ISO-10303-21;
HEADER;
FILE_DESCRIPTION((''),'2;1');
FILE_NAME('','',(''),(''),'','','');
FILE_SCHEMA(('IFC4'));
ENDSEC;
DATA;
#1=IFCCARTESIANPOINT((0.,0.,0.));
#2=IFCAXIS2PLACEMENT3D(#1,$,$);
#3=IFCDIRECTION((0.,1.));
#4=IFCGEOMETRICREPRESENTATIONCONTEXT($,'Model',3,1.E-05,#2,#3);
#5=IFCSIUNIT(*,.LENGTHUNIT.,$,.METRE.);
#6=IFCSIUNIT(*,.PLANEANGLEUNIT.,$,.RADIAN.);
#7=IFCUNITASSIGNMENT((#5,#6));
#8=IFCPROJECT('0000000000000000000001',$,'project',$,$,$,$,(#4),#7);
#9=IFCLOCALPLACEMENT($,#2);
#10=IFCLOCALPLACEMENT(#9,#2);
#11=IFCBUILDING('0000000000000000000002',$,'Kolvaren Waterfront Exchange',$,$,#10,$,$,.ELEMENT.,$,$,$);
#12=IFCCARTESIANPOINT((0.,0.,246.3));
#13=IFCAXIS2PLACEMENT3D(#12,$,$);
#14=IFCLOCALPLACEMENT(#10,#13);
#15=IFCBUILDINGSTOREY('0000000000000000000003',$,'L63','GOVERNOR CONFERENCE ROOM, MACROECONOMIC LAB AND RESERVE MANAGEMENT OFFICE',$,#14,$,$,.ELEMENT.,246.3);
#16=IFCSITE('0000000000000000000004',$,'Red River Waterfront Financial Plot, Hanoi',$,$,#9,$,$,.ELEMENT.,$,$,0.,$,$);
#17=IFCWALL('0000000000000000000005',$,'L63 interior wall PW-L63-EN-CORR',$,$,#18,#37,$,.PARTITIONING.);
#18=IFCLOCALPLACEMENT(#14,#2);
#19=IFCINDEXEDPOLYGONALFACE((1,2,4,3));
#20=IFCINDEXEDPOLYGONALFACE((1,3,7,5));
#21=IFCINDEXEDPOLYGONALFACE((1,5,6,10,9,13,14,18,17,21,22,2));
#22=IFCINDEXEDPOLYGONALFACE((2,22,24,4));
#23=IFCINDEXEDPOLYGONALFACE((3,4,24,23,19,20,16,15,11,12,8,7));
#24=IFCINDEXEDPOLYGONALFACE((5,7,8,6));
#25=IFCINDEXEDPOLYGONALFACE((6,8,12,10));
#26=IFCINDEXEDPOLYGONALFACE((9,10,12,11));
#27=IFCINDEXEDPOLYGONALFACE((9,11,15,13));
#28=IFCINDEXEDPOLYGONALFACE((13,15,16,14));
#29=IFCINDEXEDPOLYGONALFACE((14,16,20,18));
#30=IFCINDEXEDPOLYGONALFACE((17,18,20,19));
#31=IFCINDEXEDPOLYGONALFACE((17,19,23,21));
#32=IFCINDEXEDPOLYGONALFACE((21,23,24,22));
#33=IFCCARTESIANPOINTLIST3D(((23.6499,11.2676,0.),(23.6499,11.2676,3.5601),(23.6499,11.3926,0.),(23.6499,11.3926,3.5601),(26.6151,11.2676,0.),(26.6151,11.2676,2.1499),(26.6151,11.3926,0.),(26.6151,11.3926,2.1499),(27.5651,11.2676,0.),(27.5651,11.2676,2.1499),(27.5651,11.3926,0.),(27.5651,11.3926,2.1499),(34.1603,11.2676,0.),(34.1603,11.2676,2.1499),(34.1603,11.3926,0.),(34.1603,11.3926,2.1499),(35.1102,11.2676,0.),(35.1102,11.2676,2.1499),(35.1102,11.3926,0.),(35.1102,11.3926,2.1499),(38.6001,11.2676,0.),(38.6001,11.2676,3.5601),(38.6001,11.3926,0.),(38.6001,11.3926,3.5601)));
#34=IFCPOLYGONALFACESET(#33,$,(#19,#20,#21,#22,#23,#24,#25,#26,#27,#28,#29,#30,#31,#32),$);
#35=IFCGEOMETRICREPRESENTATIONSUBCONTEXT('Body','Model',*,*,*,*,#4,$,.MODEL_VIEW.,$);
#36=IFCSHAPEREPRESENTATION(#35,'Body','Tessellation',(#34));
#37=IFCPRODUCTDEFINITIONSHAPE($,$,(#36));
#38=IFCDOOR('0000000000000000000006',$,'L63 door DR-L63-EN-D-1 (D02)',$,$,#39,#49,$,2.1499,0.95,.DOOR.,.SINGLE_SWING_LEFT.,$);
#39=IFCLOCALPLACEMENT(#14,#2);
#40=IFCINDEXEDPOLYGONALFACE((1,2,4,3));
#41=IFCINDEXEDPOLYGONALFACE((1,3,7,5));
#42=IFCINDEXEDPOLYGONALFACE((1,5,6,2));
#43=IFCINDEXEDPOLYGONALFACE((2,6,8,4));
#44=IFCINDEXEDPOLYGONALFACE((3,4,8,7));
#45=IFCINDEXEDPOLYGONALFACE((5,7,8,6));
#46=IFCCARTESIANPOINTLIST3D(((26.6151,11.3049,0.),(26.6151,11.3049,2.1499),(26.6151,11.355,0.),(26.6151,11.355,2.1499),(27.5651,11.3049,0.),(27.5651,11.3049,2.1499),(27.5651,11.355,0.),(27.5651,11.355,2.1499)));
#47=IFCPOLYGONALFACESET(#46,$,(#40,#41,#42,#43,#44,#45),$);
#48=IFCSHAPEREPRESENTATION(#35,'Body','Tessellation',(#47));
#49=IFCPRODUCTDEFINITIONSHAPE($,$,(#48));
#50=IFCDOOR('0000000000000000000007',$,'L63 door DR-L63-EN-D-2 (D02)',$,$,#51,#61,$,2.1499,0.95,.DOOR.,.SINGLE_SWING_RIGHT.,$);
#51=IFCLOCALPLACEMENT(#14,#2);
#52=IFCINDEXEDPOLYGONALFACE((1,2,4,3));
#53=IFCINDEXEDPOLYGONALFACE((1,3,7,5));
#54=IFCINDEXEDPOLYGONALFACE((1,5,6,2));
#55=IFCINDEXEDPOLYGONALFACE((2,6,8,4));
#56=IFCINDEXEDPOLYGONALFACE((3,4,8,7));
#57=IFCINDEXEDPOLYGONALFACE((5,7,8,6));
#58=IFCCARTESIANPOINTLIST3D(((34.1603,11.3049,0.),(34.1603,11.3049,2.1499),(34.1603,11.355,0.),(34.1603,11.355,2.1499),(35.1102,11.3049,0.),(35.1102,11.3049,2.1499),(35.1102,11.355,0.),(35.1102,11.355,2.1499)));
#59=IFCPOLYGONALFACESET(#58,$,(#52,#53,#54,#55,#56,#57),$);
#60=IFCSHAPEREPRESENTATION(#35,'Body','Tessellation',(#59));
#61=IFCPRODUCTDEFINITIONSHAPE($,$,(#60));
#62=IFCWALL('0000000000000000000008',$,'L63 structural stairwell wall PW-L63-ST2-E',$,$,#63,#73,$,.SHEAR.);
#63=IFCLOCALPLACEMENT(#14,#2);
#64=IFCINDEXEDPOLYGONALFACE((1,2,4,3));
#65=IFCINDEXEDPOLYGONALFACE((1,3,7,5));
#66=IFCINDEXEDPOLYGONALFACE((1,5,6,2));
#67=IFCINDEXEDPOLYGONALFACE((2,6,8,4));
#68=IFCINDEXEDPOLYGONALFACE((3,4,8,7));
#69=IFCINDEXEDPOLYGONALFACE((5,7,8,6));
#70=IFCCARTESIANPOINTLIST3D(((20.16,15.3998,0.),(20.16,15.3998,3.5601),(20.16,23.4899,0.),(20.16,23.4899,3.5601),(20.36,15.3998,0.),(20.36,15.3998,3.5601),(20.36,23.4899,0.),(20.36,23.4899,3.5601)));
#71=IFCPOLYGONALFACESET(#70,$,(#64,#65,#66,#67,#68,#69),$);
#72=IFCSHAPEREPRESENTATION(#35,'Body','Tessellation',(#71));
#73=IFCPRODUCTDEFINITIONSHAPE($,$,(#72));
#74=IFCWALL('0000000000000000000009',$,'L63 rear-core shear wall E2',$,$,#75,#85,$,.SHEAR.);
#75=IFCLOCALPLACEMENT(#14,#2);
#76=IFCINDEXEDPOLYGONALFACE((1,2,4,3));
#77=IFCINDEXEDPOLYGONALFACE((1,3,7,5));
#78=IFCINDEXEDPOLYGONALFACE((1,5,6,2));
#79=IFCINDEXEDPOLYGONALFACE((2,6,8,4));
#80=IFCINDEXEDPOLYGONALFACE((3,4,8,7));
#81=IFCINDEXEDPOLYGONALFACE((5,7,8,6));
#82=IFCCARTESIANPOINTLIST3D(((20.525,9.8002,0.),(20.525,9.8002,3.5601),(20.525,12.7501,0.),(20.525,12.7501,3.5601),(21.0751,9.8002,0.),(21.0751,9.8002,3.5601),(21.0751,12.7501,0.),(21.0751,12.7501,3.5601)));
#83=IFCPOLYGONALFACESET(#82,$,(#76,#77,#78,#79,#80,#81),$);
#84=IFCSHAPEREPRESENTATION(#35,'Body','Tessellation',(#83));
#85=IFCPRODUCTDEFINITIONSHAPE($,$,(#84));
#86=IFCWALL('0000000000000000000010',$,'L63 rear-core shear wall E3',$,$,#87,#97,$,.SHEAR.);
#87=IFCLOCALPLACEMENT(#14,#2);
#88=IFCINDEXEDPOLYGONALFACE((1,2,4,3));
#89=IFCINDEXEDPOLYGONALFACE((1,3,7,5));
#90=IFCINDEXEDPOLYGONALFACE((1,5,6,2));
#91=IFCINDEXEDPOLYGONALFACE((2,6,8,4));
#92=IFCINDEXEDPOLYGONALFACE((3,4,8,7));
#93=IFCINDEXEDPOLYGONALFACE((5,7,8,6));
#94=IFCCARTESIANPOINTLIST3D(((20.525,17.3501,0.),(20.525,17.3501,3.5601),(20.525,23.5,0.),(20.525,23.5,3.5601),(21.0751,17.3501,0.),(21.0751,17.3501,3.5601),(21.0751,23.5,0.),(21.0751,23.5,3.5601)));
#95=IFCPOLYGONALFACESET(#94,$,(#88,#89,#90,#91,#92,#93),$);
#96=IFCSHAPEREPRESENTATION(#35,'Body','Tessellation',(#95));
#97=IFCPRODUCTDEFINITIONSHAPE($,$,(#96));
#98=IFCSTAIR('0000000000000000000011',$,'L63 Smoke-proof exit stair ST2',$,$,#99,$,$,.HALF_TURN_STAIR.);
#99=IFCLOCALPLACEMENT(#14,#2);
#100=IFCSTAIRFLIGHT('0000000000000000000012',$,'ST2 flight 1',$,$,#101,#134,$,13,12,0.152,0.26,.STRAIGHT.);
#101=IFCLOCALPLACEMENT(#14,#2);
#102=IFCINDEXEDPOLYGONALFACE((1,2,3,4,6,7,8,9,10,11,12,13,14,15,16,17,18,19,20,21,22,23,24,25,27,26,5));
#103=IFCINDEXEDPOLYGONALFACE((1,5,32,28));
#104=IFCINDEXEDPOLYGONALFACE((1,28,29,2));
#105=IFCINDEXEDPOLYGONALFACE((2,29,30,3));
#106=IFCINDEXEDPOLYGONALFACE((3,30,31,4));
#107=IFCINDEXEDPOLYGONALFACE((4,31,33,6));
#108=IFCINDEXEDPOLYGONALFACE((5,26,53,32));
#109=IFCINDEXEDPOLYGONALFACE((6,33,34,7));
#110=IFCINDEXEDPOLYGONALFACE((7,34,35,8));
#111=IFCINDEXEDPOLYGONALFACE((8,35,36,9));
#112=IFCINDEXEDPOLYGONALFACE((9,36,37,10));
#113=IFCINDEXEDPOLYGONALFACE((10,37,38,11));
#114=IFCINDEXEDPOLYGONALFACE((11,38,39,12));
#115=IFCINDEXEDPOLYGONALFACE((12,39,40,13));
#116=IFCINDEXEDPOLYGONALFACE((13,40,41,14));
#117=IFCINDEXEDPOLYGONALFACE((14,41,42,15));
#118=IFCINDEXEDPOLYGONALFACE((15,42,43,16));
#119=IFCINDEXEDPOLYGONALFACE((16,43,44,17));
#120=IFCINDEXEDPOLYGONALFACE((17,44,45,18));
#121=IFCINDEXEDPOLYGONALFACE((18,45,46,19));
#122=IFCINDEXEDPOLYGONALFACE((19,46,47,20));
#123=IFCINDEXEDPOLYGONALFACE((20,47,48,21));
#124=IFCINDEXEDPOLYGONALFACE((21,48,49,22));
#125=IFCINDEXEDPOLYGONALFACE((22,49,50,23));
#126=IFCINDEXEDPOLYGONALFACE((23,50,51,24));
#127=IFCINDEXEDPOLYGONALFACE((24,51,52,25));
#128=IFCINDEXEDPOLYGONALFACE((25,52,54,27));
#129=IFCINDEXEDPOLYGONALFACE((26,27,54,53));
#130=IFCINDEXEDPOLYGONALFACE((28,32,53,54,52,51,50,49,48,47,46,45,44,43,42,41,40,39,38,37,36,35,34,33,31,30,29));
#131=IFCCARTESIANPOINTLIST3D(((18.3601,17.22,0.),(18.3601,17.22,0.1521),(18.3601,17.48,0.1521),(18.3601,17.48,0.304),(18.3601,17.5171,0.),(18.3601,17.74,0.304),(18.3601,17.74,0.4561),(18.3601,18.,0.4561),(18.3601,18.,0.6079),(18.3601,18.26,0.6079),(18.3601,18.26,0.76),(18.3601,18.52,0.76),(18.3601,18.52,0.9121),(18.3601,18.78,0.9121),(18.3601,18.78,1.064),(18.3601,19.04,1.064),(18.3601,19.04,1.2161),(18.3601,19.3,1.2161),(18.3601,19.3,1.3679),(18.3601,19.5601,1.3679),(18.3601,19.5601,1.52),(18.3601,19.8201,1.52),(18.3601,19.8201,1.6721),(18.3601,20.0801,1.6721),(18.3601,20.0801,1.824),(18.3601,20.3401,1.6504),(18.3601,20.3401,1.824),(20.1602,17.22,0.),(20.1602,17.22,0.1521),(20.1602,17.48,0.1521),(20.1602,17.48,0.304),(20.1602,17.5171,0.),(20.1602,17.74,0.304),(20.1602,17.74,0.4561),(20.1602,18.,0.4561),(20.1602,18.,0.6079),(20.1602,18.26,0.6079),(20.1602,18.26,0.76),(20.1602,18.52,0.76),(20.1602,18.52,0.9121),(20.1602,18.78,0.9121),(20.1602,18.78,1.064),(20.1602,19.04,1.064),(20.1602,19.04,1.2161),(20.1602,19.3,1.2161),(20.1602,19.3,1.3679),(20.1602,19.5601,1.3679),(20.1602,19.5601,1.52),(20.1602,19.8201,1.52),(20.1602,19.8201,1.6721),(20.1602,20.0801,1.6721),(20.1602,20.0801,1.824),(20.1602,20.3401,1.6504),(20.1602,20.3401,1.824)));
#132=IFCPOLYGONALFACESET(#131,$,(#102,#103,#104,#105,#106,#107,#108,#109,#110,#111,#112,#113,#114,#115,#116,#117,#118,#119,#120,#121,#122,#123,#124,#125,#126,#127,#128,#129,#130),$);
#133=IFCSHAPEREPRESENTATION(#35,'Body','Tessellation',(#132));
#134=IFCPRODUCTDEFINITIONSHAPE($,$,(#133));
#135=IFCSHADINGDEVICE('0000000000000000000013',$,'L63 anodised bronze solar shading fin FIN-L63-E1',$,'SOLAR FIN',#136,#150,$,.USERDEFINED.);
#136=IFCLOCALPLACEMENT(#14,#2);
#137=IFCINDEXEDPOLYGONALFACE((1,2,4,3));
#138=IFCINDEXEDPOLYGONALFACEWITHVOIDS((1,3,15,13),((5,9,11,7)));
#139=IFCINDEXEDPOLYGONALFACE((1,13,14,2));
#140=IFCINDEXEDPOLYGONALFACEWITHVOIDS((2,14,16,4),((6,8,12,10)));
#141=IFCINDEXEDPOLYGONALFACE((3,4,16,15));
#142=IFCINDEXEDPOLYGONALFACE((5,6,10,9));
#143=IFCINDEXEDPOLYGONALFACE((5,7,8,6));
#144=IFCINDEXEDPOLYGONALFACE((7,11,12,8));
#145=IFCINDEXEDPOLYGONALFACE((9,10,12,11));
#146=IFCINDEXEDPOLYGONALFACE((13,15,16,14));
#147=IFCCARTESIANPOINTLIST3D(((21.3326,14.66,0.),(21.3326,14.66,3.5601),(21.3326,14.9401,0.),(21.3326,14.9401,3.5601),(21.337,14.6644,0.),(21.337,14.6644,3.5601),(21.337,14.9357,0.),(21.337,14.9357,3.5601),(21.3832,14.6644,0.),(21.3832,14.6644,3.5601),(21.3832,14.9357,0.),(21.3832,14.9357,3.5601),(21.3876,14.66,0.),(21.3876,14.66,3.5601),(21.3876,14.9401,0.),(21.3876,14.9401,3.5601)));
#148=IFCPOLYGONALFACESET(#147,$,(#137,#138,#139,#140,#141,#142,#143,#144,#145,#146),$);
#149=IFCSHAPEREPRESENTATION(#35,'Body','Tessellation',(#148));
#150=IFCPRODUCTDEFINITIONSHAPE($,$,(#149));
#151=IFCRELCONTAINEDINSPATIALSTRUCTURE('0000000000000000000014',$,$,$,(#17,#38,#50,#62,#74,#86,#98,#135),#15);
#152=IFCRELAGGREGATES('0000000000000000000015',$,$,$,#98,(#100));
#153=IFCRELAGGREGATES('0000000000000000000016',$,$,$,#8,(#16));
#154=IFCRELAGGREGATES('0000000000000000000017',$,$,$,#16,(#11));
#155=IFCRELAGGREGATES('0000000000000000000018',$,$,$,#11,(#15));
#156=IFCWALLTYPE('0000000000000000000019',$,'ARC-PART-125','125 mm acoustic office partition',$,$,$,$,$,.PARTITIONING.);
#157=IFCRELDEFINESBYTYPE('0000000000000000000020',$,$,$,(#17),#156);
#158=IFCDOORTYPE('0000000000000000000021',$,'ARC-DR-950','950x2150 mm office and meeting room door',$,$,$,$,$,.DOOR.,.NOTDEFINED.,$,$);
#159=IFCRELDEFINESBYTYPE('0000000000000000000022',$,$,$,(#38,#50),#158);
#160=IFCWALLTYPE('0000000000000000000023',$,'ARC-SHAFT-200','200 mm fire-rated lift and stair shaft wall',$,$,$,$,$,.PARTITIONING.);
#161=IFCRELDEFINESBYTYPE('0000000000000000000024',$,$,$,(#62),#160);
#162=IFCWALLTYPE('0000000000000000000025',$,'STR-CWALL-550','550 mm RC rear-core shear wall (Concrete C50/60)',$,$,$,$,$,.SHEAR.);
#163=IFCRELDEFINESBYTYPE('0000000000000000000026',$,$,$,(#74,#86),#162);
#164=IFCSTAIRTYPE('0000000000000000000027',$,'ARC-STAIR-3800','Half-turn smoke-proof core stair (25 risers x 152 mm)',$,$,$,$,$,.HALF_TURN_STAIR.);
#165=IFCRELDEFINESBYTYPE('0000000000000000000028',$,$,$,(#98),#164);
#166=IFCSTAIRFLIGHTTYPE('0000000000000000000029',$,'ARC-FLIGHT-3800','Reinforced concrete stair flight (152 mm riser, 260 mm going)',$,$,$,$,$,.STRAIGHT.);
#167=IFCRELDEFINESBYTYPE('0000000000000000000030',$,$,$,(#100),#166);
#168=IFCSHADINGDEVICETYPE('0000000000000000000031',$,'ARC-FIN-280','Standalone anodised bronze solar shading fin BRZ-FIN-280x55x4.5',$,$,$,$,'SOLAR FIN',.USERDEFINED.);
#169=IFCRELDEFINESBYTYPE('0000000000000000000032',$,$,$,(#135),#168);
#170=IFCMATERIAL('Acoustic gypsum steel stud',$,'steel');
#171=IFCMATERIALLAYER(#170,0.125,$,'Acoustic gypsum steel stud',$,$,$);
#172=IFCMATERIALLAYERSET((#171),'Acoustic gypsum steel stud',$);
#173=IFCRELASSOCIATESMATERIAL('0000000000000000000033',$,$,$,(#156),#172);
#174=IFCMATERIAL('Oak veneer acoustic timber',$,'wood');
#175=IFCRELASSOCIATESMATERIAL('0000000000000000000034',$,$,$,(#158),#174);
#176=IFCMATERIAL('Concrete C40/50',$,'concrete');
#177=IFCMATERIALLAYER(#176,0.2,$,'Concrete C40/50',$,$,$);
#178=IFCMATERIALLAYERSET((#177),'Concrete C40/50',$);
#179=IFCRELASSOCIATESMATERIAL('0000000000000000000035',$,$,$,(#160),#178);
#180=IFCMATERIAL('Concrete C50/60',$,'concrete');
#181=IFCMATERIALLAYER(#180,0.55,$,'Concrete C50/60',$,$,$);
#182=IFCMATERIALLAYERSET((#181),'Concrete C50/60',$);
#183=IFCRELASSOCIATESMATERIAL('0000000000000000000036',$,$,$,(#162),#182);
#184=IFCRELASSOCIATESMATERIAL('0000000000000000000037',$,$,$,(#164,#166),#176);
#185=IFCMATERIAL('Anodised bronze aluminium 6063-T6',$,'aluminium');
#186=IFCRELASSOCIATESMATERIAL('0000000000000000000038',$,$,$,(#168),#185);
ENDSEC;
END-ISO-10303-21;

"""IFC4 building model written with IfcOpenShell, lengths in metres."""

from ifc_helpers import new_model, si_unit, direction, frame, frame_2d, origin, origin_2d, place, context, subcontext, project, spatial, polyline, rectangle, hollow_rectangle, outline, extrude, material, layer, layer_set, material_profile, profile_set, type_object, element, fill, aggregate, save


model = new_model("IFC4")

# Units and contexts
model_context = context("Model", 3, precision=1e-05, world=origin(), true_north=direction((0.0, 1.0)))
body_context = subcontext(model_context, "Body", "Model", "MODEL_VIEW")
ifc_project = project(units=[si_unit("LENGTHUNIT", "METRE"), si_unit("PLANEANGLEUNIT", "RADIAN")], contexts=[model_context])

# Site, building, storey
site_placement = place(None, origin())
site = spatial("IfcSite", under=ifc_project, at=site_placement, Name="Red River Waterfront Financial Plot, Hanoi", CompositionType="ELEMENT", RefElevation=0.0)
building_placement = place(site_placement, origin())
building = spatial("IfcBuilding", under=site, at=building_placement, Name="Kolvaren Waterfront Exchange", CompositionType="ELEMENT")
storey_placement = place(building_placement, frame((0.0, 0.0, 246.3)))
storey = spatial("IfcBuildingStorey", under=building, at=storey_placement, Name="L63", Description="GOVERNOR CONFERENCE ROOM, MACROECONOMIC LAB AND RESERVE MANAGEMENT OFFICE", CompositionType="ELEMENT", Elevation=246.3)

# Shared definitions
ifc_material_1 = material(Name="Concrete C50/60", Category="concrete")

# Shared definitions
ifc_material_2 = material(Name="Acoustic gypsum steel stud", Category="steel")
ifc_layer_1 = layer(ifc_material_2, 0.125, Name="Acoustic gypsum steel stud")
ifc_layer_set_1 = layer_set([ifc_layer_1], Name="Acoustic gypsum steel stud")
wall_type_1 = type_object("IfcWallType", Name="ARC-PART-125", Description="125 mm acoustic office partition", PredefinedType="PARTITIONING", material=ifc_layer_set_1)

# Wall, openings, doors
wall_1_placement = place(storey_placement, frame((23.6499, 11.3301, 0.0), z_axis=(0.0, 0.0, 1.0), x_axis=(1.0, 0.0, 0.0)))
wall_1 = element("IfcWall", 1, at=wall_1_placement, inside=storey, type_object=wall_type_1, Name="L63 interior wall PW-L63-EN-CORR", PredefinedType="PARTITIONING", context=body_context, shape_type="SweptSolid", body=[
    extrude(rectangle(XDim=14.9502, YDim=0.125, at=frame_2d((7.4751, 0.0))), origin(), (0.0, 0.0, 1.0), 3.5601),
])
opening_1_placement = place(wall_1_placement, frame((2.9651, 0.0, 0.0)))
opening_1 = element("IfcOpeningElement", 2, at=opening_1_placement, cuts=wall_1, PredefinedType="OPENING", context=body_context, shape_type="SweptSolid", body=[
    extrude(rectangle(XDim=0.95, YDim=2.1499, at=frame_2d((0.4751, 1.075))), frame((0.0, 0.0725, 0.0), z_axis=(0.0, -1.0, 0.0), x_axis=(1.0, 0.0, 0.0)), (0.0, 0.0, 1.0), 0.145),
])
opening_2_placement = place(wall_1_placement, frame((10.5103, 0.0, 0.0)))
opening_2 = element("IfcOpeningElement", 3, at=opening_2_placement, cuts=wall_1, PredefinedType="OPENING", context=body_context, shape_type="SweptSolid", body=[
    extrude(rectangle(XDim=0.95, YDim=2.1499, at=frame_2d((0.4751, 1.075))), frame((0.0, 0.0725, 0.0), z_axis=(0.0, -1.0, 0.0), x_axis=(1.0, 0.0, 0.0)), (0.0, 0.0, 1.0), 0.145),
])
ifc_material_3 = material(Name="Oak veneer acoustic timber", Category="wood")
door_type = type_object("IfcDoorType", Name="ARC-DR-950", Description="950x2150 mm office and meeting room door", OperationType="NOTDEFINED", PredefinedType="DOOR", material=ifc_material_3)
door_1_placement = place(opening_1_placement, origin())
door_1 = element("IfcDoor", 4, at=door_1_placement, inside=storey, type_object=door_type, Name="L63 door DR-L63-EN-D-1 (D02)", OperationType="SINGLE_SWING_LEFT", OverallHeight=2.1499, OverallWidth=0.95, PredefinedType="DOOR", context=body_context, shape_type="SweptSolid", body=[
    extrude(rectangle(XDim=0.95, YDim=2.1499, at=frame_2d((0.4751, 1.075))), frame((0.0, 0.0249, 0.0), z_axis=(0.0, -1.0, 0.0), x_axis=(1.0, 0.0, 0.0)), (0.0, 0.0, 1.0), 0.05),
])
fill(opening_1, door_1)
door_2_placement = place(opening_2_placement, origin())
door_2 = element("IfcDoor", 5, at=door_2_placement, inside=storey, type_object=door_type, Name="L63 door DR-L63-EN-D-2 (D02)", OperationType="SINGLE_SWING_RIGHT", OverallHeight=2.1499, OverallWidth=0.95, PredefinedType="DOOR", context=body_context, shape_type="SweptSolid", body=[
    extrude(rectangle(XDim=0.95, YDim=2.1499, at=frame_2d((0.4751, 1.075))), frame((0.0, 0.0249, 0.0), z_axis=(0.0, -1.0, 0.0), x_axis=(1.0, 0.0, 0.0)), (0.0, 0.0, 1.0), 0.05),
])
fill(opening_2, door_2)

# Walls
ifc_material_4 = material(Name="Concrete C40/50", Category="concrete")
ifc_layer_2 = layer(ifc_material_4, 0.2, Name="Concrete C40/50")
ifc_layer_set_2 = layer_set([ifc_layer_2], Name="Concrete C40/50")
wall_type_2 = type_object("IfcWallType", Name="ARC-SHAFT-200", Description="200 mm fire-rated lift and stair shaft wall", PredefinedType="PARTITIONING", material=ifc_layer_set_2)
wall_2_placement = place(storey_placement, frame((20.26, 15.3999, 0.0), z_axis=(0.0, 0.0, 1.0), x_axis=(0.0, 1.0, 0.0)))
element("IfcWall", 6, at=wall_2_placement, inside=storey, type_object=wall_type_2, Name="L63 structural stairwell wall PW-L63-ST2-E", PredefinedType="SHEAR", context=body_context, shape_type="SweptSolid", body=[
    extrude(rectangle(XDim=8.0901, YDim=0.2, at=frame_2d((4.0449, 0.0))), origin(), (0.0, 0.0, 1.0), 3.5601),
])
ifc_layer_3 = layer(ifc_material_1, 0.55, Name="Concrete C50/60")
ifc_layer_set_3 = layer_set([ifc_layer_3], Name="Concrete C50/60")
wall_type_3 = type_object("IfcWallType", Name="STR-CWALL-550", Description="550 mm RC rear-core shear wall (Concrete C50/60)", PredefinedType="SHEAR", material=ifc_layer_set_3)
wall_3_placement = place(storey_placement, frame((20.8, 9.8, 0.0), z_axis=(0.0, 0.0, 1.0), x_axis=(0.0, 1.0, 0.0)))
element("IfcWall", 7, at=wall_3_placement, inside=storey, type_object=wall_type_3, Name="L63 rear-core shear wall E2", PredefinedType="SHEAR", context=body_context, shape_type="SweptSolid", body=[
    extrude(rectangle(XDim=2.95, YDim=0.55, at=frame_2d((1.4751, 0.0))), origin(), (0.0, 0.0, 1.0), 3.5601),
])
wall_4_placement = place(storey_placement, frame((20.8, 17.3501, 0.0), z_axis=(0.0, 0.0, 1.0), x_axis=(0.0, 1.0, 0.0)))
element("IfcWall", 8, at=wall_4_placement, inside=storey, type_object=wall_type_3, Name="L63 rear-core shear wall E3", PredefinedType="SHEAR", context=body_context, shape_type="SweptSolid", body=[
    extrude(rectangle(XDim=6.1499, YDim=0.55, at=frame_2d((3.075, 0.0))), origin(), (0.0, 0.0, 1.0), 3.5601),
])

# Stair, stair flight
stair_type = type_object("IfcStairType", Name="ARC-STAIR-3800", Description="Half-turn smoke-proof core stair (25 risers x 152 mm)", PredefinedType="HALF_TURN_STAIR", material=ifc_material_4)
stair_placement = place(storey_placement, origin())
stair = element("IfcStair", 9, at=stair_placement, inside=storey, type_object=stair_type, Name="L63 Smoke-proof exit stair ST2", PredefinedType="HALF_TURN_STAIR")
stair_flight_type = type_object("IfcStairFlightType", Name="ARC-FLIGHT-3800", Description="Reinforced concrete stair flight (152 mm riser, 260 mm going)", PredefinedType="STRAIGHT", material=ifc_material_4)
stair_flight_placement = place(storey_placement, frame((19.26, 17.22, 0.0), z_axis=(0.0, 0.0, 1.0), x_axis=(0.0, 1.0, 0.0)))
stair_flight = element("IfcStairFlight", 10, at=stair_flight_placement, type_object=stair_flight_type, Name="ST2 flight 1", NumberOfRisers=13, NumberOfTreads=12, PredefinedType="STRAIGHT", RiserHeight=0.152, TreadLength=0.26, context=body_context, shape_type="SweptSolid", body=[
    extrude(outline(polyline([(0.0, 0.0), (0.0, 0.1521), (0.26, 0.1521), (0.26, 0.304), (0.52, 0.304), (0.52, 0.4561), (0.78, 0.4561), (0.78, 0.6079), (1.04, 0.6079), (1.04, 0.76), (1.3, 0.76), (1.3, 0.9121), (1.5601, 0.9121), (1.5601, 1.064), (1.8201, 1.064), (1.8201, 1.2161), (2.0801, 1.2161), (2.0801, 1.3679), (2.3401, 1.3679), (2.3401, 1.52), (2.6001, 1.52), (2.6001, 1.6721), (2.8601, 1.6721), (2.8601, 1.824), (3.1201, 1.824), (3.1201, 1.9761), (3.1201, 1.6504), (0.2971, 0.0), (0.0, 0.0)])), frame((0.0, 0.8999, 0.0), z_axis=(0.0, -1.0, 0.0), x_axis=(1.0, 0.0, 0.0)), (0.0, 0.0, 1.0), 1.8),
])
aggregate(stair, [stair_flight])

# Shading device
ifc_material_5 = material(Name="Anodised bronze aluminium 6063-T6", Category="aluminium")
ifc_material_profile_1 = material_profile(ifc_material_5, hollow_rectangle(XDim=0.0549, YDim=0.28, WallThickness=0.0044, at=origin_2d()), Name="BRZ-FIN-280x55x4.5")
ifc_profile_set_1 = profile_set([ifc_material_profile_1], Name="Anodised bronze aluminium 6063-T6")
shading_device_type = type_object("IfcShadingDeviceType", Name="ARC-FIN-280", Description="Standalone anodised bronze solar shading fin BRZ-FIN-280x55x4.5", ElementType="SOLAR FIN", PredefinedType="USERDEFINED", material=ifc_profile_set_1)
shading_device_placement = place(storey_placement, frame((21.3601, 14.8, 0.0), z_axis=(0.0, 0.0, 1.0), x_axis=(1.0, 0.0, 0.0)))
element("IfcShadingDevice", 11, at=shading_device_placement, inside=storey, type_object=shading_device_type, Name="L63 anodised bronze solar shading fin FIN-L63-E1", ObjectType="SOLAR FIN", PredefinedType="USERDEFINED", context=body_context, shape_type="SweptSolid", body=[
    extrude(hollow_rectangle(XDim=0.0549, YDim=0.28, WallThickness=0.0044, at=origin_2d()), origin(), (0.0, 0.0, 1.0), 3.5601),
])

save(model, "model.ifc")
